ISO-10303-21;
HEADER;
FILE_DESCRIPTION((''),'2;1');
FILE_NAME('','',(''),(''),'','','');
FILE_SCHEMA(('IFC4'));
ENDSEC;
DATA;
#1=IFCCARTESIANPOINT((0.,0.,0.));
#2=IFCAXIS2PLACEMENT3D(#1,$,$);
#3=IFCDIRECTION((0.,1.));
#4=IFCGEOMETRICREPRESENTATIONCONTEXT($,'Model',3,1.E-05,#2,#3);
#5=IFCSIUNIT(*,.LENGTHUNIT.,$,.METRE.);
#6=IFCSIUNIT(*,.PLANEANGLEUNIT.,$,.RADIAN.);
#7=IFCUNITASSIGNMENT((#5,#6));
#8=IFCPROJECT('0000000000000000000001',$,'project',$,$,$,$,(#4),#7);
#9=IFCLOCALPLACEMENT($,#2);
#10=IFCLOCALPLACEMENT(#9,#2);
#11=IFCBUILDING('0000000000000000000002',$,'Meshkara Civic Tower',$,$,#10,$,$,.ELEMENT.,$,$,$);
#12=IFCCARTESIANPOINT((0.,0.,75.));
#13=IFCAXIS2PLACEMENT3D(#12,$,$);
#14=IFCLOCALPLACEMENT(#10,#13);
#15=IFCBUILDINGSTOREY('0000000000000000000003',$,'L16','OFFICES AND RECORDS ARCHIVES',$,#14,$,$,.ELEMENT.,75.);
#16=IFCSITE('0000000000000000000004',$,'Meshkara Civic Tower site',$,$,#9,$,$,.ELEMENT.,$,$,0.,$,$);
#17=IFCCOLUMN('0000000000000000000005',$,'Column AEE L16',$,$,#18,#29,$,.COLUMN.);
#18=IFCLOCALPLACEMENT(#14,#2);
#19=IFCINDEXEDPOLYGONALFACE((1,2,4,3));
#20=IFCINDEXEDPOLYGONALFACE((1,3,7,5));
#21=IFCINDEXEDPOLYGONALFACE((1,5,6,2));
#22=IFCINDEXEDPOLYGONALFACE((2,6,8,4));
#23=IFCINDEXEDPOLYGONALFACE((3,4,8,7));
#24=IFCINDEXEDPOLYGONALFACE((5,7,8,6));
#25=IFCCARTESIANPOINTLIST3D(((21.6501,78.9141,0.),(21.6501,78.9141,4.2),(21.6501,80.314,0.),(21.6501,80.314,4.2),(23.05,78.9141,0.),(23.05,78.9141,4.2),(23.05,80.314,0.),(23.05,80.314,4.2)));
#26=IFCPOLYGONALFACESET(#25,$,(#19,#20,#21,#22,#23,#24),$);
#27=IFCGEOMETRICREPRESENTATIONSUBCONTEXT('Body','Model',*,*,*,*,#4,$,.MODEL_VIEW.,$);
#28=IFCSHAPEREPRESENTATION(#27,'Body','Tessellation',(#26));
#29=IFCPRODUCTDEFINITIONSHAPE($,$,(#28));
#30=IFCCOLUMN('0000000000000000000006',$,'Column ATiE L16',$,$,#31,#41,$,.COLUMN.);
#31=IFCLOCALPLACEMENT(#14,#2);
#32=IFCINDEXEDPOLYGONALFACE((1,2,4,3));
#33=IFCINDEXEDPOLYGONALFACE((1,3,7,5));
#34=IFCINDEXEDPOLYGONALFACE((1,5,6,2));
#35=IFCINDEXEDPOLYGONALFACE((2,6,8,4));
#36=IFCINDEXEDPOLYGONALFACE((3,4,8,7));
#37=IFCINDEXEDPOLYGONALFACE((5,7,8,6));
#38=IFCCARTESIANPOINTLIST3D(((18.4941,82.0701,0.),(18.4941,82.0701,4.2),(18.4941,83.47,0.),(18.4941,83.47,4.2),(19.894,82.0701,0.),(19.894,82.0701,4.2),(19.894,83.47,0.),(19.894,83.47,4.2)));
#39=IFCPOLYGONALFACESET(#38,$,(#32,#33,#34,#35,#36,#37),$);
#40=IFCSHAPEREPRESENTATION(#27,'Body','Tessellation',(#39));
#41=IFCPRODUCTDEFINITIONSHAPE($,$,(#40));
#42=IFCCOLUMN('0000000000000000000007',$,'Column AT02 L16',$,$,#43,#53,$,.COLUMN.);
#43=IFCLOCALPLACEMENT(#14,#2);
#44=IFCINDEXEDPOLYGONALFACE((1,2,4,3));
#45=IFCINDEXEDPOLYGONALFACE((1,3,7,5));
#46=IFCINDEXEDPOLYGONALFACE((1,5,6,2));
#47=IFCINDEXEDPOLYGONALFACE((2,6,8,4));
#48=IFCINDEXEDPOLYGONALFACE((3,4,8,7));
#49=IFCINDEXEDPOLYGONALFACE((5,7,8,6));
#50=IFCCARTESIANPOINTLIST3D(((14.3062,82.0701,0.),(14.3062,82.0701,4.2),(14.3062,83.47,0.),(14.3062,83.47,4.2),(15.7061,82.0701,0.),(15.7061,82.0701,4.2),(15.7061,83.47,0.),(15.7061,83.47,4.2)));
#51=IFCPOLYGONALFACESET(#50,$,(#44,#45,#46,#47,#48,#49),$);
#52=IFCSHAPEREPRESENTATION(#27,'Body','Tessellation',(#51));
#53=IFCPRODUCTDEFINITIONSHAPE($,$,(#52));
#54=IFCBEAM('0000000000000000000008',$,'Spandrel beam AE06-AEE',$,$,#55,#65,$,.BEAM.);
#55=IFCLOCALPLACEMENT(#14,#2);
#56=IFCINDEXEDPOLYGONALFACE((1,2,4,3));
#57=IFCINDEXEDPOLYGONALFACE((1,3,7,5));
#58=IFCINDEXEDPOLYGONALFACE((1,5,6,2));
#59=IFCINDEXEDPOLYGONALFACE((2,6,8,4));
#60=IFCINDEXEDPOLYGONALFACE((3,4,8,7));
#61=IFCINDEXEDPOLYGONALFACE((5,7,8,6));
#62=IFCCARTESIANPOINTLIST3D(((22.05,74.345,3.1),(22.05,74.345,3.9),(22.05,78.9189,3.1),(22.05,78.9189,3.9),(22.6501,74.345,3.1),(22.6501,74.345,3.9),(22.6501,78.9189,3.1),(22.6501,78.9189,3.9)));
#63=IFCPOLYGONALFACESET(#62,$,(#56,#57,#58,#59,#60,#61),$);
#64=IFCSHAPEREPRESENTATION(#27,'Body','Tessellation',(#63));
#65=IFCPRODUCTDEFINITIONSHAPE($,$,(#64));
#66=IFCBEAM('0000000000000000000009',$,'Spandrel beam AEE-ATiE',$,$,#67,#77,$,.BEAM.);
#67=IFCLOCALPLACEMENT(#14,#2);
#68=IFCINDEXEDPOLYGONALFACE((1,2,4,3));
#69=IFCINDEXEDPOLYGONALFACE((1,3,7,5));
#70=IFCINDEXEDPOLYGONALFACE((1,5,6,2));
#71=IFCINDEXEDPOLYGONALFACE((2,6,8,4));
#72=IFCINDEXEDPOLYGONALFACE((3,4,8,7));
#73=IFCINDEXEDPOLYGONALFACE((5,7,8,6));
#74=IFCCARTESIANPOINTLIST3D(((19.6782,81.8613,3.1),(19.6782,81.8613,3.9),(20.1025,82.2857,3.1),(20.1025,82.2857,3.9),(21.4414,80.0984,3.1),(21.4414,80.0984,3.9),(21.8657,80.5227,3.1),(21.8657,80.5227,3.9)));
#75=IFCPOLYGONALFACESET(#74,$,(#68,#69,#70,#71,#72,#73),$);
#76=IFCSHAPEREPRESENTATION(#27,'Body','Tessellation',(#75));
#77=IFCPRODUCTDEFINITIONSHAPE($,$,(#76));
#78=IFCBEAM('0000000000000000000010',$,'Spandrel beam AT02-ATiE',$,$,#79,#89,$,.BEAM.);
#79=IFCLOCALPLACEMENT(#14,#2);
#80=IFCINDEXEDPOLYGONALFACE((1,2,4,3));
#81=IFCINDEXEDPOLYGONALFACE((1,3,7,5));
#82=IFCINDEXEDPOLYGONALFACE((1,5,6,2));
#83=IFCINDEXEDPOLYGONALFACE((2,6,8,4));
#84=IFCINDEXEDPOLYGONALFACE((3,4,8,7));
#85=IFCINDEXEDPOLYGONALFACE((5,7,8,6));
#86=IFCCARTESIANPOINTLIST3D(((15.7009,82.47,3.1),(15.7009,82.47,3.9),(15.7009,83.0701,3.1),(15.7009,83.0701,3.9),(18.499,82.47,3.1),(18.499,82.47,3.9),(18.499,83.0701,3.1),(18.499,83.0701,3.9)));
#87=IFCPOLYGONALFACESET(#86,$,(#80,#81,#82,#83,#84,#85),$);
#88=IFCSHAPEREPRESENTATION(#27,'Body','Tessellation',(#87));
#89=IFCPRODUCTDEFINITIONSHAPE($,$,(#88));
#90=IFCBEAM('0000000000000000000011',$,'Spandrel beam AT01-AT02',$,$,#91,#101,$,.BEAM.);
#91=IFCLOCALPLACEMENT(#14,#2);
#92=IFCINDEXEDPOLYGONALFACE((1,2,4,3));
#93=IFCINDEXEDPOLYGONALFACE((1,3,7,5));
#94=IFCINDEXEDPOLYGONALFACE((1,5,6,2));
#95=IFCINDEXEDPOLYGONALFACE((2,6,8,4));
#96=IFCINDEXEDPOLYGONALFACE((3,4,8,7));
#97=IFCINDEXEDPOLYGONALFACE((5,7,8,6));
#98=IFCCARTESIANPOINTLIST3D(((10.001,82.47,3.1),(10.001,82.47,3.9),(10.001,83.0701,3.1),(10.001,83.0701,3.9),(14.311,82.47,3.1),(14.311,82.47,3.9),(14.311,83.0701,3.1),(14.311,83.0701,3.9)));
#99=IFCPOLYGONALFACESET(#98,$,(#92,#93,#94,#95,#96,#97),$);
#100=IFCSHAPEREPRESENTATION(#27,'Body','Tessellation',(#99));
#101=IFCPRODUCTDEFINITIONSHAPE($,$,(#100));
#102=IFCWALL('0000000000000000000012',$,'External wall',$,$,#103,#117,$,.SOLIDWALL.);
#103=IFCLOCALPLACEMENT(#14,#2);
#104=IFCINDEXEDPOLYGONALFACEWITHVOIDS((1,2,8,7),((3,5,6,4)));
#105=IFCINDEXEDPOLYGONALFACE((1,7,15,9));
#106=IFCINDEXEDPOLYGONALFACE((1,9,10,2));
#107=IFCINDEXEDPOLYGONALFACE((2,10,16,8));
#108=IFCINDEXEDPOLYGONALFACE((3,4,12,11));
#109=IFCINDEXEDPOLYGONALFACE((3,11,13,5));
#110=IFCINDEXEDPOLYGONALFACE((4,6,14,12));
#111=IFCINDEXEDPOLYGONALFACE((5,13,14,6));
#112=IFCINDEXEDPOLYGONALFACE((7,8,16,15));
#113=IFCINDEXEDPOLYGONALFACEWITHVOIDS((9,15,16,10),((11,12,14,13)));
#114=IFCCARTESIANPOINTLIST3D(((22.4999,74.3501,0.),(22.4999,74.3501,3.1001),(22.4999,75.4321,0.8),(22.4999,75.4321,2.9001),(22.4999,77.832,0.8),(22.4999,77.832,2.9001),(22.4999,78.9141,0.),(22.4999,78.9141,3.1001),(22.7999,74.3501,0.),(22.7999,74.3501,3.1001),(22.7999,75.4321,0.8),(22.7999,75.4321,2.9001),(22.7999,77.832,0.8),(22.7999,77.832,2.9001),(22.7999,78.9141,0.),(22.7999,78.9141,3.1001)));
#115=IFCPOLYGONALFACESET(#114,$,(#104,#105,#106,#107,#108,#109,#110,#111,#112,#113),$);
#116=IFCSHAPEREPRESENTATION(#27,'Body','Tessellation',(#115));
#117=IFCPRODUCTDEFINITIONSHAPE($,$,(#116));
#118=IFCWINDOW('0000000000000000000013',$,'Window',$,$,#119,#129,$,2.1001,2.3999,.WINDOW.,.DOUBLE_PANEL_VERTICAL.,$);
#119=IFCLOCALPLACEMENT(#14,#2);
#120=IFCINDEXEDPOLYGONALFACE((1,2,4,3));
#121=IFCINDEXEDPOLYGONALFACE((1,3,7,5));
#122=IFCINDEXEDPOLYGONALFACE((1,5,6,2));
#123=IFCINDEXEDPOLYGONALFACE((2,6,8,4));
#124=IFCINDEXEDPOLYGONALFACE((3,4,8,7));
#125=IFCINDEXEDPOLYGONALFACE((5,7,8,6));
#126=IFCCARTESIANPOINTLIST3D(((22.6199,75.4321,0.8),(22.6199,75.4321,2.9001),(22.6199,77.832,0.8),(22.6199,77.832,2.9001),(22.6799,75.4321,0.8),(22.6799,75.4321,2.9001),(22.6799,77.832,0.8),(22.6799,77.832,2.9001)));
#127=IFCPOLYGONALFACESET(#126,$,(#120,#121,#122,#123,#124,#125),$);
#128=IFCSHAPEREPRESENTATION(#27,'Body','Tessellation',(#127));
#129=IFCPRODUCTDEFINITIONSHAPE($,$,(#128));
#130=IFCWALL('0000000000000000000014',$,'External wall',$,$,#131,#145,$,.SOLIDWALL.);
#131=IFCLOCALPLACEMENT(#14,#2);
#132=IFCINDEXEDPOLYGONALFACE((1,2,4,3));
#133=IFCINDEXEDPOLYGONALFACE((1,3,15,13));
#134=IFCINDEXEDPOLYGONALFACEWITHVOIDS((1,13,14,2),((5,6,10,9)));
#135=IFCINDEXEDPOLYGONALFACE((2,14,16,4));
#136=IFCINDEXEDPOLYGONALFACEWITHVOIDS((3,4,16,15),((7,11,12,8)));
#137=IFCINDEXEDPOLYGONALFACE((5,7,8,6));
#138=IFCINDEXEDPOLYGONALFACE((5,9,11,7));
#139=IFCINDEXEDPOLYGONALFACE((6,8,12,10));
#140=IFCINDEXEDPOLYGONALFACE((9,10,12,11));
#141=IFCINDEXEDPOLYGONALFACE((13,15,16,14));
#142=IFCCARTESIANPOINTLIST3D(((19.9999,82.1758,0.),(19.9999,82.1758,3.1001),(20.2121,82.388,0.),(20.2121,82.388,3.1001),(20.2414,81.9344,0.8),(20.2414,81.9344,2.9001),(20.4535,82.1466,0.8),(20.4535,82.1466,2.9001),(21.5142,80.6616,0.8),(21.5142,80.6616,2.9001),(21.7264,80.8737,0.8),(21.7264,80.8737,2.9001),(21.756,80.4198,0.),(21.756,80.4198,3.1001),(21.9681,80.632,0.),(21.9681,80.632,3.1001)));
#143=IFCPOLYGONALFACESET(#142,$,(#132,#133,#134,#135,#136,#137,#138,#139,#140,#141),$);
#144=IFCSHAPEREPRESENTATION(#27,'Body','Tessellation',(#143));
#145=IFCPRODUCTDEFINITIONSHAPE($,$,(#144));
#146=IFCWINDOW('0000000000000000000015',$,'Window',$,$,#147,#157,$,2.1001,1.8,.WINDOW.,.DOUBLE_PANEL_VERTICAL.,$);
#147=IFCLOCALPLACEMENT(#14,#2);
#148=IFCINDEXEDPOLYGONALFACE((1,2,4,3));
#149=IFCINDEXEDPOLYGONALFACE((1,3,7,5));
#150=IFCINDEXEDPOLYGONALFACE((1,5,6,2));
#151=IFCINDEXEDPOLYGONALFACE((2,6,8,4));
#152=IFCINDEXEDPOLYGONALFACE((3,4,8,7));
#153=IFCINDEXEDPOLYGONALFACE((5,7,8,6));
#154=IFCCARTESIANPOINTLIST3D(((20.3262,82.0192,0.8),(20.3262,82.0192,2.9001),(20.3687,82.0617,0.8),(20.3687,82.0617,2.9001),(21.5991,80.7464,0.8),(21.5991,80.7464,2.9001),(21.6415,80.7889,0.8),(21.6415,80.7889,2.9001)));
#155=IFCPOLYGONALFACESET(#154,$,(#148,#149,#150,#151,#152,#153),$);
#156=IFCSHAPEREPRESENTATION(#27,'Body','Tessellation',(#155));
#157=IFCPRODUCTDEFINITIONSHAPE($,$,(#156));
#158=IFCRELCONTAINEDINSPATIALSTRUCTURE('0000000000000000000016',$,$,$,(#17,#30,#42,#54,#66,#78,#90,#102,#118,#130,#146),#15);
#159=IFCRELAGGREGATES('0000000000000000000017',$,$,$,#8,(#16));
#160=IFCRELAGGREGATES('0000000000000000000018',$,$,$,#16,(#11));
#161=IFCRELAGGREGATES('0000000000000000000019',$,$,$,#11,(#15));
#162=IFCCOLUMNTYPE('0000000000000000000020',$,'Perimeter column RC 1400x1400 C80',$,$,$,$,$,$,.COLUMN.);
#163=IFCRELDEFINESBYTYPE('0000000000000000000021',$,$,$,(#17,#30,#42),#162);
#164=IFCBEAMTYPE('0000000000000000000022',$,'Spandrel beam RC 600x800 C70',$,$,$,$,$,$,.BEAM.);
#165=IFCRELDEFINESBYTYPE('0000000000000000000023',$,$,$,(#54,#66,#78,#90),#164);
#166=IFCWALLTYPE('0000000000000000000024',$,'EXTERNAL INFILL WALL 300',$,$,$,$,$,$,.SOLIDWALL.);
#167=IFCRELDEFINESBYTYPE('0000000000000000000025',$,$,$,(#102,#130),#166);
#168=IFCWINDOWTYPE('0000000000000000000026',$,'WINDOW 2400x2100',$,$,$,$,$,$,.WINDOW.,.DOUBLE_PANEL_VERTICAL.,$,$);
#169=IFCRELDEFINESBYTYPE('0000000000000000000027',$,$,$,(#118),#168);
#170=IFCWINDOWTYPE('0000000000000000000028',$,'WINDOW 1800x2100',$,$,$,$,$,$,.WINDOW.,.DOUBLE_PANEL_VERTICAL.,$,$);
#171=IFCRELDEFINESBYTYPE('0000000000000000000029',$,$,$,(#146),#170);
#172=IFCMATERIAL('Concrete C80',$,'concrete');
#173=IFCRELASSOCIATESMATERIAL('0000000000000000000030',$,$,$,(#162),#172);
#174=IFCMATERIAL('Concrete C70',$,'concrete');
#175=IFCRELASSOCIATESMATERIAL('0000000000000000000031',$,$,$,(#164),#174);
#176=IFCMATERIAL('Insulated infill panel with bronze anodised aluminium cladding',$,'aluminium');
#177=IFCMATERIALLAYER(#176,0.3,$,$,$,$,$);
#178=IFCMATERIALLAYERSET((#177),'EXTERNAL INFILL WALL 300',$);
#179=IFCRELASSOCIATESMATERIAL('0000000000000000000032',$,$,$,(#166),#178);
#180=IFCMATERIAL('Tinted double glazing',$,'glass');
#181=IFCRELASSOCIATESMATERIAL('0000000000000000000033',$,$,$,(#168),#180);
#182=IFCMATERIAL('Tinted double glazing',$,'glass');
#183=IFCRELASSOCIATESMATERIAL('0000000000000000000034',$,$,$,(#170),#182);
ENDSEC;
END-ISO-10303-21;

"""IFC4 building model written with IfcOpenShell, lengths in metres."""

from ifc_helpers import new_model, si_unit, direction, frame, frame_2d, origin, origin_2d, place, context, subcontext, project, spatial, rectangle, extrude, material, layer, layer_set, material_profile, profile_set, type_object, element, fill, save


model = new_model("IFC4")

# Units and contexts
model_context = context("Model", 3, precision=1e-05, world=origin(), true_north=direction((0.0, 1.0)))
body_context = subcontext(model_context, "Body", "Model", "MODEL_VIEW")
ifc_project = project(units=[si_unit("LENGTHUNIT", "METRE"), si_unit("PLANEANGLEUNIT", "RADIAN")], contexts=[model_context])

# Site, building, storey
site_placement = place(None, origin())
site = spatial("IfcSite", under=ifc_project, at=site_placement, Name="Meshkara Civic Tower site", CompositionType="ELEMENT", RefElevation=0.0)
building_placement = place(site_placement, origin())
building = spatial("IfcBuilding", under=site, at=building_placement, Name="Meshkara Civic Tower", CompositionType="ELEMENT")
storey_placement = place(building_placement, frame((0.0, 0.0, 75.0)))
storey = spatial("IfcBuildingStorey", under=building, at=storey_placement, Name="L16", Description="OFFICES AND RECORDS ARCHIVES", CompositionType="ELEMENT", Elevation=75.0)

# Columns
ifc_material_1 = material(Name="Concrete C80", Category="concrete")
ifc_material_profile_1 = material_profile(ifc_material_1, rectangle(XDim=1.3999, YDim=1.3999, at=origin_2d()))
ifc_profile_set_1 = profile_set([ifc_material_profile_1], Name="Concrete C80")
column_type = type_object("IfcColumnType", Name="Perimeter column RC 1400x1400 C80", PredefinedType="COLUMN", material=ifc_profile_set_1)
for number, where, z_axis, x_axis, name in (
    (1, (22.3501, 79.614, 0.0), (0.0, 0.0, 1.0), (1.0, 0.0, 0.0), "Column AEE L16"),
    (2, (19.1941, 82.77, 0.0), (0.0, 0.0, 1.0), (1.0, 0.0, 0.0), "Column ATiE L16"),
    (3, (15.0061, 82.77, 0.0), (0.0, 0.0, 1.0), (1.0, 0.0, 0.0), "Column AT02 L16"),
):
    element("IfcColumn", number, at=place(storey_placement, frame(where, z_axis=z_axis, x_axis=x_axis)), inside=storey, type_object=column_type, Name=name, PredefinedType="COLUMN", context=body_context, shape_type="SweptSolid", body=[
        extrude(rectangle(XDim=1.3999, YDim=1.3999, at=origin_2d()), origin(), (0.0, 0.0, 1.0), 4.2),
    ])

# Beams
ifc_material_2 = material(Name="Concrete C70", Category="concrete")
ifc_material_profile_2 = material_profile(ifc_material_2, rectangle(XDim=0.6001, YDim=0.8, at=origin_2d()))
ifc_profile_set_2 = profile_set([ifc_material_profile_2], Name="Concrete C70")
beam_type = type_object("IfcBeamType", Name="Spandrel beam RC 600x800 C70", PredefinedType="BEAM", material=ifc_profile_set_2)
beam_1_placement = place(storey_placement, frame((22.3501, 74.345, 3.5), z_axis=(0.0, 1.0, 0.0), x_axis=(-1.0, 0.0, 0.0)))
element("IfcBeam", 4, at=beam_1_placement, inside=storey, type_object=beam_type, Name="Spandrel beam AE06-AEE", PredefinedType="BEAM", context=body_context, shape_type="SweptSolid", body=[
    extrude(rectangle(XDim=0.6001, YDim=0.8, at=origin_2d()), origin(), (0.0, 0.0, 1.0), 4.574),
])
beam_2_placement = place(storey_placement, frame((21.6536, 80.3105, 3.5), z_axis=(-0.707156, 0.707058, 0.0), x_axis=(-0.707058, -0.707156, 0.0)))
element("IfcBeam", 5, at=beam_2_placement, inside=storey, type_object=beam_type, Name="Spandrel beam AEE-ATiE", PredefinedType="BEAM", context=body_context, shape_type="SweptSolid", body=[
    extrude(rectangle(XDim=0.6001, YDim=0.8, at=origin_2d()), origin(), (0.0, 0.0, 1.0), 2.4934),
])
beam_3_placement = place(storey_placement, frame((18.499, 82.77, 3.5), z_axis=(-1.0, 0.0, 0.0), x_axis=(0.0, -1.0, 0.0)))
element("IfcBeam", 6, at=beam_3_placement, inside=storey, type_object=beam_type, Name="Spandrel beam AT02-ATiE", PredefinedType="BEAM", context=body_context, shape_type="SweptSolid", body=[
    extrude(rectangle(XDim=0.6001, YDim=0.8, at=origin_2d()), origin(), (0.0, 0.0, 1.0), 2.7981),
])
beam_4_placement = place(storey_placement, frame((14.311, 82.77, 3.5), z_axis=(-1.0, 0.0, 0.0), x_axis=(0.0, -1.0, 0.0)))
element("IfcBeam", 7, at=beam_4_placement, inside=storey, type_object=beam_type, Name="Spandrel beam AT01-AT02", PredefinedType="BEAM", context=body_context, shape_type="SweptSolid", body=[
    extrude(rectangle(XDim=0.6001, YDim=0.8, at=origin_2d()), origin(), (0.0, 0.0, 1.0), 4.3101),
])

# Walls, openings, windows
ifc_material_3 = material(Name="Insulated infill panel with bronze anodised aluminium cladding", Category="aluminium")
ifc_layer = layer(ifc_material_3, 0.3)
ifc_layer_set = layer_set([ifc_layer], Name="EXTERNAL INFILL WALL 300")
wall_type = type_object("IfcWallType", Name="EXTERNAL INFILL WALL 300", PredefinedType="SOLIDWALL", material=ifc_layer_set)
wall_1_placement = place(storey_placement, frame((22.6499, 74.3501, 0.0), z_axis=(0.0, 0.0, 1.0), x_axis=(0.0, 1.0, 0.0)))
wall_1 = element("IfcWall", 8, at=wall_1_placement, inside=storey, type_object=wall_type, Name="External wall", PredefinedType="SOLIDWALL", context=body_context, shape_type="SweptSolid", body=[
    extrude(rectangle(XDim=4.564, YDim=0.3, at=frame_2d((2.282, 0.0))), origin(), (0.0, 0.0, 1.0), 3.1001),
])
opening_1_placement = place(wall_1_placement, frame((1.082, 0.0, 0.8)))
opening_1 = element("IfcOpeningElement", 9, at=opening_1_placement, cuts=wall_1, PredefinedType="OPENING", context=body_context, shape_type="SweptSolid", body=[
    extrude(rectangle(XDim=2.3999, YDim=2.1001, at=frame_2d((1.2, 1.05))), frame((0.0, 0.1599, 0.0), z_axis=(0.0, -1.0, 0.0), x_axis=(1.0, 0.0, 0.0)), (0.0, 0.0, 1.0), 0.3201),
])
ifc_material_4 = material(Name="Tinted double glazing", Category="glass")
window_type_1 = type_object("IfcWindowType", Name="WINDOW 2400x2100", PartitioningType="DOUBLE_PANEL_VERTICAL", PredefinedType="WINDOW", material=ifc_material_4)
window_1_placement = place(opening_1_placement, origin())
window_1 = element("IfcWindow", 10, at=window_1_placement, inside=storey, type_object=window_type_1, Name="Window", OverallHeight=2.1001, OverallWidth=2.3999, PartitioningType="DOUBLE_PANEL_VERTICAL", PredefinedType="WINDOW", context=body_context, shape_type="SweptSolid", body=[
    extrude(rectangle(XDim=2.3999, YDim=2.1001, at=frame_2d((1.2, 1.05))), frame((0.0, 0.03, 0.0), z_axis=(0.0, -1.0, 0.0), x_axis=(1.0, 0.0, 0.0)), (0.0, 0.0, 1.0), 0.0601),
])
fill(opening_1, window_1)
wall_2_placement = place(storey_placement, frame((21.8621, 80.5259, 0.0), z_axis=(0.0, 0.0, 1.0), x_axis=(-0.707107, 0.707107, 0.0)))
wall_2 = element("IfcWall", 11, at=wall_2_placement, inside=storey, type_object=wall_type, Name="External wall", PredefinedType="SOLIDWALL", context=body_context, shape_type="SweptSolid", body=[
    extrude(rectangle(XDim=2.4834, YDim=0.3, at=frame_2d((1.2417, 0.0))), origin(), (0.0, 0.0, 1.0), 3.1001),
])
opening_2_placement = place(wall_2_placement, frame((0.342, 0.0, 0.8)))
opening_2 = element("IfcOpeningElement", 12, at=opening_2_placement, cuts=wall_2, PredefinedType="OPENING", context=body_context, shape_type="SweptSolid", body=[
    extrude(rectangle(XDim=1.8, YDim=2.1001, at=frame_2d((0.8999, 1.05))), frame((0.0, 0.1599, 0.0), z_axis=(0.0, -1.0, 0.0), x_axis=(1.0, 0.0, 0.0)), (0.0, 0.0, 1.0), 0.3201),
])
ifc_material_5 = material(Name="Tinted double glazing", Category="glass")
window_type_2 = type_object("IfcWindowType", Name="WINDOW 1800x2100", PartitioningType="DOUBLE_PANEL_VERTICAL", PredefinedType="WINDOW", material=ifc_material_5)
window_2_placement = place(opening_2_placement, origin())
window_2 = element("IfcWindow", 13, at=window_2_placement, inside=storey, type_object=window_type_2, Name="Window", OverallHeight=2.1001, OverallWidth=1.8, PartitioningType="DOUBLE_PANEL_VERTICAL", PredefinedType="WINDOW", context=body_context, shape_type="SweptSolid", body=[
    extrude(rectangle(XDim=1.8, YDim=2.1001, at=frame_2d((0.8999, 1.05))), frame((0.0, 0.03, 0.0), z_axis=(0.0, -1.0, 0.0), x_axis=(1.0, 0.0, 0.0)), (0.0, 0.0, 1.0), 0.0601),
])
fill(opening_2, window_2)

save(model, "model.ifc")
